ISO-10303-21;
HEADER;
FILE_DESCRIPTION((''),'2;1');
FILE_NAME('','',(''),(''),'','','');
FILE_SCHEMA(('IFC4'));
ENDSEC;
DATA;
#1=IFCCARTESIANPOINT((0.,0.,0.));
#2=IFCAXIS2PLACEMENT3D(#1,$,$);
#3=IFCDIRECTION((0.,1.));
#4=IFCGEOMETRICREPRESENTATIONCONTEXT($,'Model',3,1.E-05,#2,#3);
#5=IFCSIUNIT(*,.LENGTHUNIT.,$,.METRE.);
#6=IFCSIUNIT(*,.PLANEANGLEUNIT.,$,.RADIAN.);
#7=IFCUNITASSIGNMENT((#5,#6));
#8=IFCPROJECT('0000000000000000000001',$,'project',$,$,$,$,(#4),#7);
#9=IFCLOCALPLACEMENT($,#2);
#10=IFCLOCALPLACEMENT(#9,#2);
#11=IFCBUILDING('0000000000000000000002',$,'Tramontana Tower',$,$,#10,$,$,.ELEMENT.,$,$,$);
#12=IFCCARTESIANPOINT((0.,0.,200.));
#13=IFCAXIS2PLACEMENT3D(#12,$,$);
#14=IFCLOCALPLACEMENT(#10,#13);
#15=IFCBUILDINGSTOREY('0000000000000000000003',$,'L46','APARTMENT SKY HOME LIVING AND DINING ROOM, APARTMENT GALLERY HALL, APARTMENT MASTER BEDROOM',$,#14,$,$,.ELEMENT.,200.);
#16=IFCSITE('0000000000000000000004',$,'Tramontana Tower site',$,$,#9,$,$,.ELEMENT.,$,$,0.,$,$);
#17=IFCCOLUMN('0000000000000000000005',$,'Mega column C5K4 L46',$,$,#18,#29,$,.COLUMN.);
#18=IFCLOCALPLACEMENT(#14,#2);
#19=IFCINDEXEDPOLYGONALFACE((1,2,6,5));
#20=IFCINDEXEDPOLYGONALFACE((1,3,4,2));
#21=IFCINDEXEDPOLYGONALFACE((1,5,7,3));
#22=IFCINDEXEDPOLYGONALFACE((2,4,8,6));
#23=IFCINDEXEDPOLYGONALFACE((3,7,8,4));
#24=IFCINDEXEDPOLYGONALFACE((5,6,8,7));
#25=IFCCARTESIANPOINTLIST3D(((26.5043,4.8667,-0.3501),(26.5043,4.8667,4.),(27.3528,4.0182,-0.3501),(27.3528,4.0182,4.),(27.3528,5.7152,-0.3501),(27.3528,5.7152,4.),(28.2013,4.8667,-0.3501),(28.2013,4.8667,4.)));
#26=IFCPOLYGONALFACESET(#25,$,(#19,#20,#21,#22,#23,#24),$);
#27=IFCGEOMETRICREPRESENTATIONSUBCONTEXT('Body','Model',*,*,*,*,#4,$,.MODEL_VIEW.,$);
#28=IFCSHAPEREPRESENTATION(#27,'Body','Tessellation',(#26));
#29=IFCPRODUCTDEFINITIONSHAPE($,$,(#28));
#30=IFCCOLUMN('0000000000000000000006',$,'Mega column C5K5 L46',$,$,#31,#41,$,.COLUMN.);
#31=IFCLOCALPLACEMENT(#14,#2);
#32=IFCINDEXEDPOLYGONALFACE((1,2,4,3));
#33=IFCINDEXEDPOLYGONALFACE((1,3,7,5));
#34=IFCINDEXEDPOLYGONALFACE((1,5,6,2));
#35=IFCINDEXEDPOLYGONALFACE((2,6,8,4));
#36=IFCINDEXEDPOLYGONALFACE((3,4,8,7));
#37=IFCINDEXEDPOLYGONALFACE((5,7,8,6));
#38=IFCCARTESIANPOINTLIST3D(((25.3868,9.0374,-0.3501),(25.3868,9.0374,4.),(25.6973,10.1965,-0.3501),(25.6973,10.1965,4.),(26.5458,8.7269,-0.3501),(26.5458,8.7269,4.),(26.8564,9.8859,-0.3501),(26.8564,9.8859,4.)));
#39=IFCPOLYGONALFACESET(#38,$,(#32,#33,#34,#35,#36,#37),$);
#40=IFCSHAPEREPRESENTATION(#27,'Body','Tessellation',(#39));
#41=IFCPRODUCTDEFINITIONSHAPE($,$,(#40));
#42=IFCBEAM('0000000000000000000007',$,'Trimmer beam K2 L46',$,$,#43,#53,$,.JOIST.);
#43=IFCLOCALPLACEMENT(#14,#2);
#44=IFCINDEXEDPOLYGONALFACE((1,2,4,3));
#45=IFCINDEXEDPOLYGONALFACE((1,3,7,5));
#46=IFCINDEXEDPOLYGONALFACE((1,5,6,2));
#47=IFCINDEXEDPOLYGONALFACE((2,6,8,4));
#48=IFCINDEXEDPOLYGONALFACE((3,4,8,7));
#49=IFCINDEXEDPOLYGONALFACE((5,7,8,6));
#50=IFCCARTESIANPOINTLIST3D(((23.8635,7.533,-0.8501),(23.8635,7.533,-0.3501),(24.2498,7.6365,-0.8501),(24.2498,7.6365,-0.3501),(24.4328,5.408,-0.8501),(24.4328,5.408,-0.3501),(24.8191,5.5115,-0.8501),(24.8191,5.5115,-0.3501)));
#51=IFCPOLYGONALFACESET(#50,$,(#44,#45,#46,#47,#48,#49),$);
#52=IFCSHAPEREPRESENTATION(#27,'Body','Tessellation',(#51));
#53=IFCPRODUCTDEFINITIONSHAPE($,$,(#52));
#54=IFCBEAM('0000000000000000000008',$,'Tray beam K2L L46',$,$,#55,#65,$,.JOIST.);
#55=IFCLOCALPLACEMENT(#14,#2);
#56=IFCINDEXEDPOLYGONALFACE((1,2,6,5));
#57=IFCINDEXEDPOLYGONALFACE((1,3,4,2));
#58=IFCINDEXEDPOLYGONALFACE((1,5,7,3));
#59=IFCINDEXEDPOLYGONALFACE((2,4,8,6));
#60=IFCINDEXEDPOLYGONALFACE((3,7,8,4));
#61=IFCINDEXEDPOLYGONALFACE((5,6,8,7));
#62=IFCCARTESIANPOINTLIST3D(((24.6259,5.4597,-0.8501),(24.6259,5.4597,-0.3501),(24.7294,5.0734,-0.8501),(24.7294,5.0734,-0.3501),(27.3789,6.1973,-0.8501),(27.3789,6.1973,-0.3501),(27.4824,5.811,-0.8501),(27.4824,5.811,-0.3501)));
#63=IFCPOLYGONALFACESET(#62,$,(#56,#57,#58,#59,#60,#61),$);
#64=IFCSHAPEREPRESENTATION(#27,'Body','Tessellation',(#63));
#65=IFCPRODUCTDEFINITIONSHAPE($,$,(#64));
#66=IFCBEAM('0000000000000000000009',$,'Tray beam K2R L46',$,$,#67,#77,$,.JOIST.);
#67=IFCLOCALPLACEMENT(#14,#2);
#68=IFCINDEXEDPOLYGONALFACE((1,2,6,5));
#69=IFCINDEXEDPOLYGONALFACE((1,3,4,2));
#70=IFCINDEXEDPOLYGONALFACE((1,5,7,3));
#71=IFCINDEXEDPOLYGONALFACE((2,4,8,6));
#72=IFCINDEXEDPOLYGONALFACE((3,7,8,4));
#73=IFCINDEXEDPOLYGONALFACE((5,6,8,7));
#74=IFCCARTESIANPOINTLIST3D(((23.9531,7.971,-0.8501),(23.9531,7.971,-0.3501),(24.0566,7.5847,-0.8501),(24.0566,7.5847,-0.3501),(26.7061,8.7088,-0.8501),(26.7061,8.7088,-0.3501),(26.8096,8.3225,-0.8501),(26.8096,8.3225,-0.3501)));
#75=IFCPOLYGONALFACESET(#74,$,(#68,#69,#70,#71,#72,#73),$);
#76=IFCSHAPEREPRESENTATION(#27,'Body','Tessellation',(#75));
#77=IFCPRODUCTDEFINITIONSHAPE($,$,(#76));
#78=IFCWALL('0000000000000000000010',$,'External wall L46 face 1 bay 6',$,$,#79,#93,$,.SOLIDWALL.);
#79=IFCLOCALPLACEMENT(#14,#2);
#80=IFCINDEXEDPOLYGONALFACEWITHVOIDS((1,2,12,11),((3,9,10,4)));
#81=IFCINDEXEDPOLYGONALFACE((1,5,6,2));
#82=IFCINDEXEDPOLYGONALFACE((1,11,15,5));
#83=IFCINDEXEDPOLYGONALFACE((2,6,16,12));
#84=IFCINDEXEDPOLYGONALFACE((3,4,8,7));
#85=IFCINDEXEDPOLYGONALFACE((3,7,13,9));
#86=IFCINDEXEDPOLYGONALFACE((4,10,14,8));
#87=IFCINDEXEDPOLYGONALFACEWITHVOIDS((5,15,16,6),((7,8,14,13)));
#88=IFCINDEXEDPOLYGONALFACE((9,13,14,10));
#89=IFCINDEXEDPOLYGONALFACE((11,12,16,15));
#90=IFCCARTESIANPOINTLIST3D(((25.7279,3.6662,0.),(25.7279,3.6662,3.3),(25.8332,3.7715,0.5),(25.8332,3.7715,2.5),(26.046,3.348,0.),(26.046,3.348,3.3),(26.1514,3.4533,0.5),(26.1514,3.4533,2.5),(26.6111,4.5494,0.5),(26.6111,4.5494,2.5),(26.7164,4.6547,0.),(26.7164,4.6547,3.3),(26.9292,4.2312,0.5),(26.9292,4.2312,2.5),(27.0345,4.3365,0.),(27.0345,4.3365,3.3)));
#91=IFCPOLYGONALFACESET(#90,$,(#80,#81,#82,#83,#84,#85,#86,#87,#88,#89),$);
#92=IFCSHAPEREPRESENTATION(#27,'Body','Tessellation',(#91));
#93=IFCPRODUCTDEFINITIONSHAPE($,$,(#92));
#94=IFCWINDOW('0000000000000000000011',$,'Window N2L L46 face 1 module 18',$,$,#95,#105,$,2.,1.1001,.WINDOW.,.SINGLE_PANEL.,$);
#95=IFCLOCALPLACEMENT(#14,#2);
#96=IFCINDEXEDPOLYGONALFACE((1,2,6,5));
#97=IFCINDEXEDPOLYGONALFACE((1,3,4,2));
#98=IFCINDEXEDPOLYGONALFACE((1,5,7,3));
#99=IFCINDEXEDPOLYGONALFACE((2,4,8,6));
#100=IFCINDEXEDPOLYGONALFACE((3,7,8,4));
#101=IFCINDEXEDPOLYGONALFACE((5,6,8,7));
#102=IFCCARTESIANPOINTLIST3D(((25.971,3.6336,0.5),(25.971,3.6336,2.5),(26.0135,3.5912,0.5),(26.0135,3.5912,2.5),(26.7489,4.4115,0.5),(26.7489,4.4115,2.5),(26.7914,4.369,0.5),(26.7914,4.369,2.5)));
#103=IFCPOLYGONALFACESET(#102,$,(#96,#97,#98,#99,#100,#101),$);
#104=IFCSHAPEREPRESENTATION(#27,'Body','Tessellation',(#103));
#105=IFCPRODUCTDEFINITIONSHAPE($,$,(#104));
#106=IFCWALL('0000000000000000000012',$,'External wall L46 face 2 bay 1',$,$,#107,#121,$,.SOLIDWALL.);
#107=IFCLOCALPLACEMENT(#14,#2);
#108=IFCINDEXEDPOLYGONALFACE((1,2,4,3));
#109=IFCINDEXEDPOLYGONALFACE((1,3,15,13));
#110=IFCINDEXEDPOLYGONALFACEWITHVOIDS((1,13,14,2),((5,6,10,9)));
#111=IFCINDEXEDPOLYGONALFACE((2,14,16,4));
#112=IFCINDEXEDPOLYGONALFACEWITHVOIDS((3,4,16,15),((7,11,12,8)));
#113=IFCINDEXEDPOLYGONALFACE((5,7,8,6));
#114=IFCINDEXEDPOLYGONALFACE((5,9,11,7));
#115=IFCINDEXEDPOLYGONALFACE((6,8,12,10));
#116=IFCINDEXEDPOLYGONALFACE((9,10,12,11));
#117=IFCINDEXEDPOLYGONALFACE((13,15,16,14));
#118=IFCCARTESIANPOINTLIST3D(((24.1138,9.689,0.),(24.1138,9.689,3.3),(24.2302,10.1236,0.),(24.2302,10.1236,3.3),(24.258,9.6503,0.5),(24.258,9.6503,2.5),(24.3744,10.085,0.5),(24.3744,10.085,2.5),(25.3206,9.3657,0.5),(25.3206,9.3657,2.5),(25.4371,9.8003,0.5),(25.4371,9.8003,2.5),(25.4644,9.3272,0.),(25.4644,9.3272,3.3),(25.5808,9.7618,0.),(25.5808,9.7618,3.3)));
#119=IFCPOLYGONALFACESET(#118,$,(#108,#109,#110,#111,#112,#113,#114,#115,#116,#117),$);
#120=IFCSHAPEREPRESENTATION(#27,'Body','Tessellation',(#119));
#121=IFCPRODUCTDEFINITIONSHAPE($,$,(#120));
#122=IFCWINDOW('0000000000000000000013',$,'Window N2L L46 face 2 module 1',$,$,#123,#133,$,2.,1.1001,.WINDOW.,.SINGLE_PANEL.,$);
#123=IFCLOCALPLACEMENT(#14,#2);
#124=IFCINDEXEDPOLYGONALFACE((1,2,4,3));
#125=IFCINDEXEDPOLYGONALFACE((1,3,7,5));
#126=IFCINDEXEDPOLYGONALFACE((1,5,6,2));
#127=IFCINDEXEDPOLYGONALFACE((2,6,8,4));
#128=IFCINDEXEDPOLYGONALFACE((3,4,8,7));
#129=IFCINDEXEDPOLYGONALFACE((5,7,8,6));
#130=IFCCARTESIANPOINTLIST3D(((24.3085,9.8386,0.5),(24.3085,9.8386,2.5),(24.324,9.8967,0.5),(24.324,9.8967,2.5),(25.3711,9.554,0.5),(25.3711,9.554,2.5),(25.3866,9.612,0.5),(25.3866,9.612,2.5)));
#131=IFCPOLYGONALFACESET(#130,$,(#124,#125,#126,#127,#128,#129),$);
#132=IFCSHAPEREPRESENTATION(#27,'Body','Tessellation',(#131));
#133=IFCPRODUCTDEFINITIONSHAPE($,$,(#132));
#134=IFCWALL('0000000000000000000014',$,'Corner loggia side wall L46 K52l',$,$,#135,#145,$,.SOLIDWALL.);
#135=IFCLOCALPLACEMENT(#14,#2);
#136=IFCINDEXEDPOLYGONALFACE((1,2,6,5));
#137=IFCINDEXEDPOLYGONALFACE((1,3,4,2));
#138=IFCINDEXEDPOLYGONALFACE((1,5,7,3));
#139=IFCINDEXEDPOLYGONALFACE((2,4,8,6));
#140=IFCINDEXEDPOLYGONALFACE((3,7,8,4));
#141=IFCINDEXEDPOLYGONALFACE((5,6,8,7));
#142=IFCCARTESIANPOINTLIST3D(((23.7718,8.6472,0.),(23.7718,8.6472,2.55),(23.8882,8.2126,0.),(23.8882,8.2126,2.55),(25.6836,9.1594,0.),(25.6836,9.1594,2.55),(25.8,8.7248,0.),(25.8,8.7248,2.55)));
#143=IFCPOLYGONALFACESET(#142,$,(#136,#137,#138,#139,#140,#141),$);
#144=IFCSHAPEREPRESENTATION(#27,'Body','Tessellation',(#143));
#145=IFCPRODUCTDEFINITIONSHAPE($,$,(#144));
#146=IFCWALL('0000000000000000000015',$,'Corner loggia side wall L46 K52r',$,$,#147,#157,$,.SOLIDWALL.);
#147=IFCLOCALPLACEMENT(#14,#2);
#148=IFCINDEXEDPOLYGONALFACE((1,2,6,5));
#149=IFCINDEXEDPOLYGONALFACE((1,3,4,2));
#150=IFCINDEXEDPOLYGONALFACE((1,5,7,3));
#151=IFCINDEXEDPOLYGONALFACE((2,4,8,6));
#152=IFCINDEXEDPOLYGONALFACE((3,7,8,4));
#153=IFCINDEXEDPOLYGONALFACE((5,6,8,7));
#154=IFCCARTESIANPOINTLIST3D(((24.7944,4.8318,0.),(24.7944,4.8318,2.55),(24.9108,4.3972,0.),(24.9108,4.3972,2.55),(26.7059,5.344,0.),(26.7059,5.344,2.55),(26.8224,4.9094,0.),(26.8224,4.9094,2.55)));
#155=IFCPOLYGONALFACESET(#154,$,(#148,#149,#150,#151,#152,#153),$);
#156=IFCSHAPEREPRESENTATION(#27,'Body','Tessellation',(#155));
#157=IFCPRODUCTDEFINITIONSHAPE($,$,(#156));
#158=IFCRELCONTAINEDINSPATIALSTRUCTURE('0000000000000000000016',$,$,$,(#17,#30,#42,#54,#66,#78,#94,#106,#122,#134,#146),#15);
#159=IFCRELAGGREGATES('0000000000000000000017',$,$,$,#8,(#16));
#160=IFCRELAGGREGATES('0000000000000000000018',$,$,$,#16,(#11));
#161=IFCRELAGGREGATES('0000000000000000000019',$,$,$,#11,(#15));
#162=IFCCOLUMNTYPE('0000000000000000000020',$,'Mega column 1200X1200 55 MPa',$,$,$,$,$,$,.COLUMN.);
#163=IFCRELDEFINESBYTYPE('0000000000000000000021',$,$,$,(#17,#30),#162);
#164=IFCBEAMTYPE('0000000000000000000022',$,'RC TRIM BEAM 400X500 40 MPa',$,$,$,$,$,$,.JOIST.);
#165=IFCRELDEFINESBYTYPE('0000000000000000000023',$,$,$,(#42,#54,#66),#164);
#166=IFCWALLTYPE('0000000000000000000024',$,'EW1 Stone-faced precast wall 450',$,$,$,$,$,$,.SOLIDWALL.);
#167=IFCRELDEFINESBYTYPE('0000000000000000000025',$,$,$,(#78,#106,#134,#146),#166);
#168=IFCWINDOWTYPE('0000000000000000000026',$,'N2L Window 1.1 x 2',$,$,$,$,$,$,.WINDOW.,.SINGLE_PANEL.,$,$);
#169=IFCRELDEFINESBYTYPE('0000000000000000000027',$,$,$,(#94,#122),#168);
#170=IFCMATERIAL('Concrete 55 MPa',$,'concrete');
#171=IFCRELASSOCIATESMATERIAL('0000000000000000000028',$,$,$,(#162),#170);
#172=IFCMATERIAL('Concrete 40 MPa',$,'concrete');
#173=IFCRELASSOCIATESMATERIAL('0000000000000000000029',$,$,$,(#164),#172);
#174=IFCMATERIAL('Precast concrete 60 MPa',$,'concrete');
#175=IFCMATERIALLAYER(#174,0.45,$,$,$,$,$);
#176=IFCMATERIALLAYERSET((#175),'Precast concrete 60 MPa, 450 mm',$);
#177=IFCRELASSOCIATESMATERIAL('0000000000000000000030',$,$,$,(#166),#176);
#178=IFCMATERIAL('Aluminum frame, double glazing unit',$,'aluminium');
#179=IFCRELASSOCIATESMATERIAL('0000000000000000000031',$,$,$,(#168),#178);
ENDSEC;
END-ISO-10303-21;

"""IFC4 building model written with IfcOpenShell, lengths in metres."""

from ifc_helpers import new_model, si_unit, direction, frame, frame_2d, origin, origin_2d, place, context, subcontext, project, spatial, rectangle, extrude, material, layer, layer_set, material_profile, profile_set, type_object, element, fill, save


model = new_model("IFC4")

# Units and contexts
model_context = context("Model", 3, precision=1e-05, world=origin(), true_north=direction((0.0, 1.0)))
body_context = subcontext(model_context, "Body", "Model", "MODEL_VIEW")
ifc_project = project(units=[si_unit("LENGTHUNIT", "METRE"), si_unit("PLANEANGLEUNIT", "RADIAN")], contexts=[model_context])

# Site, building, storey
site_placement = place(None, origin())
site = spatial("IfcSite", under=ifc_project, at=site_placement, Name="Tramontana Tower site", CompositionType="ELEMENT", RefElevation=0.0)
building_placement = place(site_placement, origin())
building = spatial("IfcBuilding", under=site, at=building_placement, Name="Tramontana Tower", CompositionType="ELEMENT")
storey_placement = place(building_placement, frame((0.0, 0.0, 200.0)))
storey = spatial("IfcBuildingStorey", under=building, at=storey_placement, Name="L46", Description="APARTMENT SKY HOME LIVING AND DINING ROOM, APARTMENT GALLERY HALL, APARTMENT MASTER BEDROOM", CompositionType="ELEMENT", Elevation=200.0)

# Columns
ifc_material_1 = material(Name="Concrete 55 MPa", Category="concrete")
ifc_material_profile_1 = material_profile(ifc_material_1, rectangle(XDim=1.2, YDim=1.2, at=origin_2d()), Name="Mega column 1200X1200 55 MPa")
ifc_profile_set_1 = profile_set([ifc_material_profile_1], Name="Concrete 55 MPa")
column_type = type_object("IfcColumnType", Name="Mega column 1200X1200 55 MPa", PredefinedType="COLUMN", material=ifc_profile_set_1)
for number, where, z_axis, x_axis, name in (
    (1, (27.3528, 4.8667, -0.3501), (0.0, 0.0, 1.0), (0.707107, 0.707107, 0.0), "Mega column C5K4 L46"),
    (2, (26.1216, 9.4617, -0.3501), (0.0, 0.0, 1.0), (-0.965926, 0.258819, 0.0), "Mega column C5K5 L46"),
):
    element("IfcColumn", number, at=place(storey_placement, frame(where, z_axis=z_axis, x_axis=x_axis)), inside=storey, type_object=column_type, Name=name, PredefinedType="COLUMN", context=body_context, shape_type="SweptSolid", body=[
        extrude(rectangle(XDim=1.2, YDim=1.2, at=origin_2d()), origin(), (0.0, 0.0, 1.0), 4.3501),
    ])

# Beams
ifc_material_2 = material(Name="Concrete 40 MPa", Category="concrete")
ifc_material_profile_2 = material_profile(ifc_material_2, rectangle(XDim=0.3999, YDim=0.5, at=origin_2d()), Name="RC TRIM BEAM 400X500 40 MPa")
ifc_profile_set_2 = profile_set([ifc_material_profile_2], Name="Concrete 40 MPa")
beam_type = type_object("IfcBeamType", Name="RC TRIM BEAM 400X500 40 MPa", PredefinedType="JOIST", material=ifc_profile_set_2)
beam_placement = place(storey_placement, frame((24.626, 5.4597, -0.6001), z_axis=(-0.258795, 0.965932, 0.0), x_axis=(-0.965932, -0.258795, 0.0)))
element("IfcBeam", 3, at=beam_placement, inside=storey, type_object=beam_type, Name="Trimmer beam K2 L46", PredefinedType="JOIST", context=body_context, shape_type="SweptSolid", body=[
    extrude(rectangle(XDim=0.3999, YDim=0.5, at=origin_2d()), origin(), (0.0, 0.0, 1.0), 2.2),
])
for number, where, z_axis, x_axis, name in (
    (4, (27.4307, 6.0042, -0.6001), (-0.965934, -0.258787, 0.0), (0.258787, -0.965934, 0.0), "Tray beam K2L L46"),
    (5, (26.7578, 8.5156, -0.6001), (-0.965913, -0.258867, 0.0), (0.258867, -0.965913, 0.0), "Tray beam K2R L46"),
):
    element("IfcBeam", number, at=place(storey_placement, frame(where, z_axis=z_axis, x_axis=x_axis)), inside=storey, type_object=beam_type, Name=name, PredefinedType="JOIST", context=body_context, shape_type="SweptSolid", body=[
        extrude(rectangle(XDim=0.3999, YDim=0.5, at=origin_2d()), origin(), (0.0, 0.0, 1.0), 2.8501),
    ])

# Walls, openings, windows
ifc_material_3 = material(Name="Precast concrete 60 MPa", Category="concrete")
ifc_layer_1 = layer(ifc_material_3, 0.45)
ifc_layer_set_1 = layer_set([ifc_layer_1], Name="Precast concrete 60 MPa, 450 mm")
wall_type_1 = type_object("IfcWallType", Name="EW1 Stone-faced precast wall 450", PredefinedType="SOLIDWALL", material=ifc_layer_set_1)
wall_1_placement = place(storey_placement, frame((25.887, 3.5071, 0.0), z_axis=(0.0, 0.0, 1.0), x_axis=(0.707107, 0.707107, 0.0)))
wall_1 = element("IfcWall", 6, at=wall_1_placement, inside=storey, type_object=wall_type_1, Name="External wall L46 face 1 bay 6", PredefinedType="SOLIDWALL", context=body_context, shape_type="SweptSolid", body=[
    extrude(rectangle(XDim=1.3979, YDim=0.45, at=frame_2d((0.699, 0.0))), origin(), (0.0, 0.0, 1.0), 3.3),
])
opening_1_placement = place(wall_1_placement, frame((0.1489, 0.0, 0.5)))
opening_1 = element("IfcOpeningElement", 7, at=opening_1_placement, cuts=wall_1, PredefinedType="OPENING", context=body_context, shape_type="SweptSolid", body=[
    extrude(rectangle(XDim=1.1001, YDim=2.0, at=frame_2d((0.55, 1.0))), frame((0.0, 0.2349, 0.0), z_axis=(0.0, -1.0, 0.0), x_axis=(1.0, 0.0, 0.0)), (0.0, 0.0, 1.0), 0.47),
])
ifc_material_4 = material(Name="Aluminum frame, double glazing unit", Category="aluminium")
window_type = type_object("IfcWindowType", Name="N2L Window 1.1 x 2", PartitioningType="SINGLE_PANEL", PredefinedType="WINDOW", material=ifc_material_4)
window_1_placement = place(opening_1_placement, origin())
window_1 = element("IfcWindow", 8, at=window_1_placement, inside=storey, type_object=window_type, Name="Window N2L L46 face 1 module 18", OverallHeight=2.0, OverallWidth=1.1001, PartitioningType="SINGLE_PANEL", PredefinedType="WINDOW", context=body_context, shape_type="SweptSolid", body=[
    extrude(rectangle(XDim=1.1001, YDim=2.0, at=frame_2d((0.55, 1.0))), frame((0.0, 0.03, 0.0), z_axis=(0.0, -1.0, 0.0), x_axis=(1.0, 0.0, 0.0)), (0.0, 0.0, 1.0), 0.0601),
])
fill(opening_1, window_1)
wall_2_placement = place(storey_placement, frame((25.5227, 9.5444, 0.0), z_axis=(0.0, 0.0, 1.0), x_axis=(-0.965939, 0.258771, 0.0)))
wall_2 = element("IfcWall", 9, at=wall_2_placement, inside=storey, type_object=wall_type_1, Name="External wall L46 face 2 bay 1", PredefinedType="SOLIDWALL", context=body_context, shape_type="SweptSolid", body=[
    extrude(rectangle(XDim=1.3982, YDim=0.45, at=frame_2d((0.6992, 0.0))), origin(), (0.0, 0.0, 1.0), 3.3),
])
opening_2_placement = place(wall_2_placement, frame((0.1489, 0.0, 0.5)))
opening_2 = element("IfcOpeningElement", 10, at=opening_2_placement, cuts=wall_2, PredefinedType="OPENING", context=body_context, shape_type="SweptSolid", body=[
    extrude(rectangle(XDim=1.1001, YDim=2.0, at=frame_2d((0.55, 1.0))), frame((0.0, 0.2349, 0.0), z_axis=(0.0, -1.0, 0.0), x_axis=(1.0, 0.0, 0.0)), (0.0, 0.0, 1.0), 0.47),
])
window_2_placement = place(opening_2_placement, origin())
window_2 = element("IfcWindow", 11, at=window_2_placement, inside=storey, type_object=window_type, Name="Window N2L L46 face 2 module 1", OverallHeight=2.0, OverallWidth=1.1001, PartitioningType="SINGLE_PANEL", PredefinedType="WINDOW", context=body_context, shape_type="SweptSolid", body=[
    extrude(rectangle(XDim=1.1001, YDim=2.0, at=frame_2d((0.55, 1.0))), frame((0.0, 0.03, 0.0), z_axis=(0.0, -1.0, 0.0), x_axis=(1.0, 0.0, 0.0)), (0.0, 0.0, 1.0), 0.0601),
])
fill(opening_2, window_2)

# Walls
wall_3_placement = place(storey_placement, frame((25.7419, 8.9421, 0.0), z_axis=(0.0, 0.0, 1.0), x_axis=(-0.965935, -0.258783, 0.0)))
element("IfcWall", 12, at=wall_3_placement, inside=storey, type_object=wall_type_1, Name="Corner loggia side wall L46 K52l", PredefinedType="SOLIDWALL", context=body_context, shape_type="SweptSolid", body=[
    extrude(rectangle(XDim=1.9792, YDim=0.45, at=frame_2d((0.9897, 0.0))), origin(), (0.0, 0.0, 1.0), 2.55),
])
wall_4_placement = place(storey_placement, frame((26.7642, 5.1267, 0.0), z_axis=(0.0, 0.0, 1.0), x_axis=(-0.965927, -0.258814, 0.0)))
element("IfcWall", 13, at=wall_4_placement, inside=storey, type_object=wall_type_1, Name="Corner loggia side wall L46 K52r", PredefinedType="SOLIDWALL", context=body_context, shape_type="SweptSolid", body=[
    extrude(rectangle(XDim=1.979, YDim=0.45, at=frame_2d((0.9895, 0.0))), origin(), (0.0, 0.0, 1.0), 2.55),
])

save(model, "model.ifc")
